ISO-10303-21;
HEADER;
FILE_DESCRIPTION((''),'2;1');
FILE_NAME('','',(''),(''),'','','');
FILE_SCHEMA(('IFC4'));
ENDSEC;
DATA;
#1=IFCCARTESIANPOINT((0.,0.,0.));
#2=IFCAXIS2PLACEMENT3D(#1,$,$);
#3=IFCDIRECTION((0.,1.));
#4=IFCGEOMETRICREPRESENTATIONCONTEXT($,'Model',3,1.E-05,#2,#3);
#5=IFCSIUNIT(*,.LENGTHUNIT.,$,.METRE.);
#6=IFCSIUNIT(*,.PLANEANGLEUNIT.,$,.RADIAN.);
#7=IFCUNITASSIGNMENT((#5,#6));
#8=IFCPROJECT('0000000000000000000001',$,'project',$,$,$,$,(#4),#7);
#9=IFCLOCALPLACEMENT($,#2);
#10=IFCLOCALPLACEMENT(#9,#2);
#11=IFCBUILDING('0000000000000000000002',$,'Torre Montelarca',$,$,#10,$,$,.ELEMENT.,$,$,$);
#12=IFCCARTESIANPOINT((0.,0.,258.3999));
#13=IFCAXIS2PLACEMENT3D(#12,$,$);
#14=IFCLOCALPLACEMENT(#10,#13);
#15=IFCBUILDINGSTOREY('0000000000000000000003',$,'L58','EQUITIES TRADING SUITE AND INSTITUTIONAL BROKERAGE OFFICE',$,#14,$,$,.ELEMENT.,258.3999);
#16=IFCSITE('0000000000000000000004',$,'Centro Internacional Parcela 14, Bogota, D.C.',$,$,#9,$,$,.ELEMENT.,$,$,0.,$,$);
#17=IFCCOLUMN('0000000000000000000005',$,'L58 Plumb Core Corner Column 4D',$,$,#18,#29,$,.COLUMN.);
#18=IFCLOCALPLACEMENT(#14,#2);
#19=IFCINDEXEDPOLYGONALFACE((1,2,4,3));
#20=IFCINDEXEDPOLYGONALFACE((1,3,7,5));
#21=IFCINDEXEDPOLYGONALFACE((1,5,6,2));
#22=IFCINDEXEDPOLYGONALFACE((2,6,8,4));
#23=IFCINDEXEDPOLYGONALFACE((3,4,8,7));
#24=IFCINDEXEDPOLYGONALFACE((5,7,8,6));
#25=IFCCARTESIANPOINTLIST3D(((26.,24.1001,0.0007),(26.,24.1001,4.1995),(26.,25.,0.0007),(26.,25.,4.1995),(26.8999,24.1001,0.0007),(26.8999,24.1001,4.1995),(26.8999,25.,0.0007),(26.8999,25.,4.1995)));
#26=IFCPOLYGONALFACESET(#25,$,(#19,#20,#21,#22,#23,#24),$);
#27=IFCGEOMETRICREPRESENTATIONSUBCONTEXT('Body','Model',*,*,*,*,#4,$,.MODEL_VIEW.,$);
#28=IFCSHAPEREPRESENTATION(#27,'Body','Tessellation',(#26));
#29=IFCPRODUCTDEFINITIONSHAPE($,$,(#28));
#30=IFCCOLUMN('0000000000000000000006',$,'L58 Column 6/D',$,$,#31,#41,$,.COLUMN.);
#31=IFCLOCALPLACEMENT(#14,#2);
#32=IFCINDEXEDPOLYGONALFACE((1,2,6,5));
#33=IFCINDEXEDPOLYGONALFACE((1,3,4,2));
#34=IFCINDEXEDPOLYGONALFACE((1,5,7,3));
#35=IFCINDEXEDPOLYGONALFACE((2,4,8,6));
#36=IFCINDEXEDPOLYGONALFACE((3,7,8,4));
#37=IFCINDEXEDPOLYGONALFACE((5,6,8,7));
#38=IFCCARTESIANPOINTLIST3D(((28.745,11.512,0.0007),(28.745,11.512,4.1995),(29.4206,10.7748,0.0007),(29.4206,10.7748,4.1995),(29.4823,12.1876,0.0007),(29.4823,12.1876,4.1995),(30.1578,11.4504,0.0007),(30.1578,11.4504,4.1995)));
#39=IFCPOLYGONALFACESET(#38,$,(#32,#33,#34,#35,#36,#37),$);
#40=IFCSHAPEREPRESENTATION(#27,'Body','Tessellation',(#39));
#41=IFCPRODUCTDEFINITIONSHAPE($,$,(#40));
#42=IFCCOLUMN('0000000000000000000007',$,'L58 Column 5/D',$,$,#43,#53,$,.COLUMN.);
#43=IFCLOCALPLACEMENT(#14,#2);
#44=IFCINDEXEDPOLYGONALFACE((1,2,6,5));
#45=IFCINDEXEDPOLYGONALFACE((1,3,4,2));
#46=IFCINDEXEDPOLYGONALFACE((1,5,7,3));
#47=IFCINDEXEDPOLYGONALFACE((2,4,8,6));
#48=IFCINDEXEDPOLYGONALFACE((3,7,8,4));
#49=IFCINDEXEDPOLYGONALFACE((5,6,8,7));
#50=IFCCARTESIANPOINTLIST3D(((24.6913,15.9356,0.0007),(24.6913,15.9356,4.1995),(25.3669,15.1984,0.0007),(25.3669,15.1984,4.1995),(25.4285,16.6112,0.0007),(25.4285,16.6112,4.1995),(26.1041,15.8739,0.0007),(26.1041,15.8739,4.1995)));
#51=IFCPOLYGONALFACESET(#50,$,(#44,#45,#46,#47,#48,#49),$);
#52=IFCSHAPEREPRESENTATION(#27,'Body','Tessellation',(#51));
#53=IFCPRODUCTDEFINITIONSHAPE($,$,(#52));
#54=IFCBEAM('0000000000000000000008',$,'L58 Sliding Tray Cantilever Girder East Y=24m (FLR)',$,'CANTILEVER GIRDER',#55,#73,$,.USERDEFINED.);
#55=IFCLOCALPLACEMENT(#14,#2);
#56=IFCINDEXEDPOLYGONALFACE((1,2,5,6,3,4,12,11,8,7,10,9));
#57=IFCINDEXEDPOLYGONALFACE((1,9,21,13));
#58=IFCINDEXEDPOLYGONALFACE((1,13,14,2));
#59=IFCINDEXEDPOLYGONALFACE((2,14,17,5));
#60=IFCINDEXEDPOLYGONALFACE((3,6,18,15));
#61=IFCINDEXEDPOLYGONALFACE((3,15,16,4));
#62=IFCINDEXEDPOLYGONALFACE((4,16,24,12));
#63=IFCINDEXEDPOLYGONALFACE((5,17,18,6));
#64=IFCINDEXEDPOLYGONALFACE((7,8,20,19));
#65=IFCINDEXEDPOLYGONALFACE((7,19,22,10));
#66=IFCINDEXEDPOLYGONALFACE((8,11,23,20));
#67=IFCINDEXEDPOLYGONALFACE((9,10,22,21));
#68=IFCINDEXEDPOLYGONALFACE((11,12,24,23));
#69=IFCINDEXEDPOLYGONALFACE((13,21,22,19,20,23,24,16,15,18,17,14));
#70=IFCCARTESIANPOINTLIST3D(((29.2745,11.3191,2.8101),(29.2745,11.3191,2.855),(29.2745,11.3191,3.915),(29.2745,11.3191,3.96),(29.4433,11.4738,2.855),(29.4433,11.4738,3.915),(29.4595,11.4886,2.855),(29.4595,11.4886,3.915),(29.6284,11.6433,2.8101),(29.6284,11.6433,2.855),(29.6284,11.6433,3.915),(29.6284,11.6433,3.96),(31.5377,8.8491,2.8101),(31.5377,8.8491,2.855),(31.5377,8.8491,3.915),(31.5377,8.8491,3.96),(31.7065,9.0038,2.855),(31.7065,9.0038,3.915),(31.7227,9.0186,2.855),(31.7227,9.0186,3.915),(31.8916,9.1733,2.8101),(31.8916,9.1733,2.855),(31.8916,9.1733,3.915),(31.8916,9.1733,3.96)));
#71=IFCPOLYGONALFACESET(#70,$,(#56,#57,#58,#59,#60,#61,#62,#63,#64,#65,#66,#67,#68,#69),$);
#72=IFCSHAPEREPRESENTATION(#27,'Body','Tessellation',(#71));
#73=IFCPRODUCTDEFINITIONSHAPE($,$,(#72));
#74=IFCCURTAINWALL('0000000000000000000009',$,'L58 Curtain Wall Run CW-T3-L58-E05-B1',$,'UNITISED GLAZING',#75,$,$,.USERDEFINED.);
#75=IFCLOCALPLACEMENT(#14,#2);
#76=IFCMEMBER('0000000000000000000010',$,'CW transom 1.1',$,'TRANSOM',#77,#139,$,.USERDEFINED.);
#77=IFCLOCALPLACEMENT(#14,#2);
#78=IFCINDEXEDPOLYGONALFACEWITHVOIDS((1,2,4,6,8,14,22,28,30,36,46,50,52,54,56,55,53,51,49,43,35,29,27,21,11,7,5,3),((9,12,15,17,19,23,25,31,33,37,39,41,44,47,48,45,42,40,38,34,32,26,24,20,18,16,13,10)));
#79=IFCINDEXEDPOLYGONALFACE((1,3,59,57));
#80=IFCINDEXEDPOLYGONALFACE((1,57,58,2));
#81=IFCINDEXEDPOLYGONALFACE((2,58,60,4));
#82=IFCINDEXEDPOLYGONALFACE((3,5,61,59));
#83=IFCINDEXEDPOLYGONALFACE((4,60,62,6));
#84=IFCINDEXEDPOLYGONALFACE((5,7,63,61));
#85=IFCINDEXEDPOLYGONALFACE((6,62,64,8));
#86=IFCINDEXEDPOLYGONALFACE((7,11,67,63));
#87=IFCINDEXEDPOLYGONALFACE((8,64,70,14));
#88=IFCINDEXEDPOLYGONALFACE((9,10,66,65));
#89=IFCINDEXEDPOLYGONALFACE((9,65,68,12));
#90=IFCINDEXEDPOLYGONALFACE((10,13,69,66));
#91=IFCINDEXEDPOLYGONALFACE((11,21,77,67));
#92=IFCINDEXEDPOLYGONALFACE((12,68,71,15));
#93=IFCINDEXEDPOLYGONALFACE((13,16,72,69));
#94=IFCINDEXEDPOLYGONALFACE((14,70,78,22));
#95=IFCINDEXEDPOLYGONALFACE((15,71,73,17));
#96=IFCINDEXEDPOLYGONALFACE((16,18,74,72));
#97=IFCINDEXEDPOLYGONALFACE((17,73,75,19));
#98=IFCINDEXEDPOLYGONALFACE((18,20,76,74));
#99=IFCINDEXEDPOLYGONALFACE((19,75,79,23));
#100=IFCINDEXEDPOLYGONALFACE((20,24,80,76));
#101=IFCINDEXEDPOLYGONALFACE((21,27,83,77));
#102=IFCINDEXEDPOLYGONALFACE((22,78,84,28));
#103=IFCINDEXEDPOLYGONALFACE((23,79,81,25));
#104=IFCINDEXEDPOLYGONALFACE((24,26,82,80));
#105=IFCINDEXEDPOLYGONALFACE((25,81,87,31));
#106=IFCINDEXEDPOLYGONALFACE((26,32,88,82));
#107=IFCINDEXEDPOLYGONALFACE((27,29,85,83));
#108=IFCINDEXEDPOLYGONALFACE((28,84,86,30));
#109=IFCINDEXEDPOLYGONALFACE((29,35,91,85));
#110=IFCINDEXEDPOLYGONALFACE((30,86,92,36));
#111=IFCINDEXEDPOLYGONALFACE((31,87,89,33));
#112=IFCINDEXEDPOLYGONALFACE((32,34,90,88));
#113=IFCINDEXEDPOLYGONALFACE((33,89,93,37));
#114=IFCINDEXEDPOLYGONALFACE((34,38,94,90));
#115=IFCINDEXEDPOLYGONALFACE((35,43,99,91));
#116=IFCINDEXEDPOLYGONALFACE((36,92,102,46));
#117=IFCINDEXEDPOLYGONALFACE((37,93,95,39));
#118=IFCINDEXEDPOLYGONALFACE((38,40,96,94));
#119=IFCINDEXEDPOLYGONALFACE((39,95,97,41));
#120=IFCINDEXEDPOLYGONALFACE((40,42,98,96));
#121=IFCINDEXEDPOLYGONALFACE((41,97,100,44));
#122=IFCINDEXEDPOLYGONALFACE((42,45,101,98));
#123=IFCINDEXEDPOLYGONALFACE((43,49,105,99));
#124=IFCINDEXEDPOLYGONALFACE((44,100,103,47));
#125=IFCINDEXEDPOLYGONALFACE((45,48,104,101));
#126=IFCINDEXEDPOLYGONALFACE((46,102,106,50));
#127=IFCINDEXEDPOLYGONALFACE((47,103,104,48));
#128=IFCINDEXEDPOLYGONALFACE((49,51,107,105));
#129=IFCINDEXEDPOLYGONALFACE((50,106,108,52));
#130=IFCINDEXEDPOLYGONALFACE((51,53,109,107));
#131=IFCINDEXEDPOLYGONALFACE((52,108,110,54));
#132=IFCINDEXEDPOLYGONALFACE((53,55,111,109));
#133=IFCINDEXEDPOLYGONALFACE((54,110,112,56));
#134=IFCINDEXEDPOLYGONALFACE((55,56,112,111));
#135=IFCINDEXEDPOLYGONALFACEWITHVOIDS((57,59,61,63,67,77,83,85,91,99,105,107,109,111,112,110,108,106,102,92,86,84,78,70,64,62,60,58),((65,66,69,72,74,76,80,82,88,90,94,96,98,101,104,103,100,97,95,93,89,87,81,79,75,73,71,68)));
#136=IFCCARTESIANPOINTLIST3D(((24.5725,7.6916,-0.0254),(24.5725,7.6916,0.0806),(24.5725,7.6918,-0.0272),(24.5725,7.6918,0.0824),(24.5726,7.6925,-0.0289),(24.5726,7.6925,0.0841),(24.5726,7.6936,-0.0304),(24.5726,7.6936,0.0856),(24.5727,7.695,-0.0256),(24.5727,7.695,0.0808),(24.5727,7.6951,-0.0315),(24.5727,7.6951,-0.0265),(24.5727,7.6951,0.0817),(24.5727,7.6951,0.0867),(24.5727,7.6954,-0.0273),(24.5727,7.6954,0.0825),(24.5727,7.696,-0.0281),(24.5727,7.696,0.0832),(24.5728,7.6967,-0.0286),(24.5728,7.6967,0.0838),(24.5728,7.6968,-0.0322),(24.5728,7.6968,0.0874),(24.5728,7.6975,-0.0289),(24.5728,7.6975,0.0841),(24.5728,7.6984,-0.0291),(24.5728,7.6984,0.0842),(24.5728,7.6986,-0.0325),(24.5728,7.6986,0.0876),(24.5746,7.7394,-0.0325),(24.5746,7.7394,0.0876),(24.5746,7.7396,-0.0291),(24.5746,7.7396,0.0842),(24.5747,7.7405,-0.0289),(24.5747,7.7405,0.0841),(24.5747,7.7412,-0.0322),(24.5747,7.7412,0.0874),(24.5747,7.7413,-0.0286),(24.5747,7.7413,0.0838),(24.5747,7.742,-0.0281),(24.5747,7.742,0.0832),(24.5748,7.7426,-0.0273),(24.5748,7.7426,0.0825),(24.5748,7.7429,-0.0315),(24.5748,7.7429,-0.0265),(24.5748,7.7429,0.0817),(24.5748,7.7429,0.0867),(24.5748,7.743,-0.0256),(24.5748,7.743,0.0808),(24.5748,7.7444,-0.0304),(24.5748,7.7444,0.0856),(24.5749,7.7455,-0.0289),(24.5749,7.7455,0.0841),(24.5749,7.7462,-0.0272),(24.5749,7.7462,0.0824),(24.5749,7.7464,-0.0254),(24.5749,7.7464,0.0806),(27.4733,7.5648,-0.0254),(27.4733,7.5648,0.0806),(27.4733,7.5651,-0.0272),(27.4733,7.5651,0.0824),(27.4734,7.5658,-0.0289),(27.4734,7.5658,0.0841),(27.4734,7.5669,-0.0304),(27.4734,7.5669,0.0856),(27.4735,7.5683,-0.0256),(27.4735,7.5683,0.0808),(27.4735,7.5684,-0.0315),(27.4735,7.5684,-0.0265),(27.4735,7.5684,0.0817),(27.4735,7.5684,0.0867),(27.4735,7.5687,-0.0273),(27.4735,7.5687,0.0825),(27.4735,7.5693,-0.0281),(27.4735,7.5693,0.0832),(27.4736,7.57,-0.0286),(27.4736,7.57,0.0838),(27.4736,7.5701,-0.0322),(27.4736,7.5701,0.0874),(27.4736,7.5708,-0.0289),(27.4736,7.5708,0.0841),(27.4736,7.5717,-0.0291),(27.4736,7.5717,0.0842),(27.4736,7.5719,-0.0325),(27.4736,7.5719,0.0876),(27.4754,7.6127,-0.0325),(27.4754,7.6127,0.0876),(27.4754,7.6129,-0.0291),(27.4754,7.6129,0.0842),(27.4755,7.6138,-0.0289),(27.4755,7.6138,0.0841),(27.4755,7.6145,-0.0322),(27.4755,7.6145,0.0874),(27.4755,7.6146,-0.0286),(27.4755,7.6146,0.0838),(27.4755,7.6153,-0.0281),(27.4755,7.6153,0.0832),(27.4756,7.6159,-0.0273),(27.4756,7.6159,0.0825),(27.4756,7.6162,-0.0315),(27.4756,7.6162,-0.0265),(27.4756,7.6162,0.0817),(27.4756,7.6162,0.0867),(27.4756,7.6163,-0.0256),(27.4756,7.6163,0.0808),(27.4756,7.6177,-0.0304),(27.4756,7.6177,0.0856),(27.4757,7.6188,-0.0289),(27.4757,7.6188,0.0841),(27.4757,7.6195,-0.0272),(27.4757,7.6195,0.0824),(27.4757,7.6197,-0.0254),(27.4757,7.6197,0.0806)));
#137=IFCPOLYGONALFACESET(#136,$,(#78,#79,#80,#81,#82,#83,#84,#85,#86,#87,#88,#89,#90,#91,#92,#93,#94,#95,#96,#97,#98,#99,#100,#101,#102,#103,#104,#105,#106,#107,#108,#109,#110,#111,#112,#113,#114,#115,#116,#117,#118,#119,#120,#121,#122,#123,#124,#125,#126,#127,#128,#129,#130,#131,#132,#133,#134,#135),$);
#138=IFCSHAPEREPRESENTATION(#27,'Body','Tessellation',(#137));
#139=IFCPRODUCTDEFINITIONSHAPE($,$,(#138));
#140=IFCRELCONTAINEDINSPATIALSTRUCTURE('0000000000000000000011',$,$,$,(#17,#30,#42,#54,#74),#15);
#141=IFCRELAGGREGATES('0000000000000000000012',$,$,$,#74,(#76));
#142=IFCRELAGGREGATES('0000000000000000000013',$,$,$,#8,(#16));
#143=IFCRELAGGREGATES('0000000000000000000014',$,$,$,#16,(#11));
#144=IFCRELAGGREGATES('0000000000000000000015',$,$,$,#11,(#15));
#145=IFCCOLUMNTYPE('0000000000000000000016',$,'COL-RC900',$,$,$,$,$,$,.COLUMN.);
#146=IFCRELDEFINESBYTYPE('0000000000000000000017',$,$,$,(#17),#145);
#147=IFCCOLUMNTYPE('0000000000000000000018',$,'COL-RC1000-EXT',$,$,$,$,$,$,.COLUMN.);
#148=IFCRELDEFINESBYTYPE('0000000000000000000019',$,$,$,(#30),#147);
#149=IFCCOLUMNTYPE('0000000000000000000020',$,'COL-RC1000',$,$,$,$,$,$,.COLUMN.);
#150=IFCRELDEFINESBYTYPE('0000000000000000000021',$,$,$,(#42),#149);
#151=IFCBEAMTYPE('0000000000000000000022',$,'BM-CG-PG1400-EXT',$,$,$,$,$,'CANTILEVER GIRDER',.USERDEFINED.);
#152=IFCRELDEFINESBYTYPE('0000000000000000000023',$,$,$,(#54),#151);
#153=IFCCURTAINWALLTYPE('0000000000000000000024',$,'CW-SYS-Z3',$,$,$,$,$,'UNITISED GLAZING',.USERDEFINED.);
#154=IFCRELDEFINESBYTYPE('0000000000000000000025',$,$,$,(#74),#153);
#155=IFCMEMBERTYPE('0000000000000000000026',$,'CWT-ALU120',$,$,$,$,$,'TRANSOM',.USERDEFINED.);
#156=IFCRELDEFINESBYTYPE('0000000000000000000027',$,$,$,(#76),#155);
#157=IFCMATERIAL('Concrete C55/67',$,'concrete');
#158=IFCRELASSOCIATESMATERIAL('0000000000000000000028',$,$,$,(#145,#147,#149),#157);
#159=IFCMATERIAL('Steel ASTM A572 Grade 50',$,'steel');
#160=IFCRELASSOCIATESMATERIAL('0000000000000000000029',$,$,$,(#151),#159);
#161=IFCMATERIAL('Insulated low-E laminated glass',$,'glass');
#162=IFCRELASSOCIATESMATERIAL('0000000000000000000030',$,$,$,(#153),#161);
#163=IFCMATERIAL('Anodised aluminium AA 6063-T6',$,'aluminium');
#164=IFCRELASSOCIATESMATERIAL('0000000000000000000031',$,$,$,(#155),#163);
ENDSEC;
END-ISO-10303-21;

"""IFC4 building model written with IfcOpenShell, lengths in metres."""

from ifc_helpers import new_model, si_unit, direction, frame, origin, origin_2d, place, context, subcontext, project, spatial, rectangle, hollow_rectangle, i_section, extrude, source, transform, mapped, material, material_profile, profile_set, type_object, element, aggregate, save


model = new_model("IFC4")

# Units and contexts
model_context = context("Model", 3, precision=1e-05, world=origin(), true_north=direction((0.0, 1.0)))
body_context = subcontext(model_context, "Body", "Model", "MODEL_VIEW")
ifc_project = project(units=[si_unit("LENGTHUNIT", "METRE"), si_unit("PLANEANGLEUNIT", "RADIAN")], contexts=[model_context])

# Site, building, storey
site_placement = place(None, origin())
site = spatial("IfcSite", under=ifc_project, at=site_placement, Name="Centro Internacional Parcela 14, Bogota, D.C.", CompositionType="ELEMENT", RefElevation=0.0)
building_placement = place(site_placement, origin())
building = spatial("IfcBuilding", under=site, at=building_placement, Name="Torre Montelarca", CompositionType="ELEMENT")
storey_placement = place(building_placement, frame((0.0, 0.0, 258.3999)))
storey = spatial("IfcBuildingStorey", under=building, at=storey_placement, Name="L58", Description="EQUITIES TRADING SUITE AND INSTITUTIONAL BROKERAGE OFFICE", CompositionType="ELEMENT", Elevation=258.3999)

# Columns
ifc_material_1 = material(Name="Concrete C55/67", Category="concrete")
ifc_material_profile_1 = material_profile(ifc_material_1, rectangle(XDim=0.8999, YDim=0.8999, at=origin_2d()), Name="RC900X900", Category="concrete")
ifc_profile_set_1 = profile_set([ifc_material_profile_1], Name="Concrete C55/67")
column_type_1 = type_object("IfcColumnType", Name="COL-RC900", PredefinedType="COLUMN", material=ifc_profile_set_1)
shared_shape_1 = source(origin(), body_context, "Body", "SweptSolid", [
    extrude(rectangle(XDim=0.8999, YDim=0.8999, at=origin_2d()), origin(), (0.0, 0.0, 1.0), 4.1987),
])
column_1_placement = place(storey_placement, frame((26.45, 24.55, 0.0007), z_axis=(0.0, 0.0, 1.0), x_axis=(1.0, 0.0, 0.0)))
element("IfcColumn", 1, at=column_1_placement, inside=storey, type_object=column_type_1, Name="L58 Plumb Core Corner Column 4D", PredefinedType="COLUMN", context=body_context, shape_type="MappedRepresentation", body=[
    mapped(shared_shape_1, transform((0.0, 0.0, 0.0), scale=1.0)),
])
ifc_material_profile_2 = material_profile(ifc_material_1, rectangle(XDim=1.0, YDim=1.0, at=origin_2d()), Name="RC1000X1000", Category="concrete")
ifc_profile_set_2 = profile_set([ifc_material_profile_2], Name="Concrete C55/67")
column_type_2 = type_object("IfcColumnType", Name="COL-RC1000-EXT", PredefinedType="COLUMN", material=ifc_profile_set_2)
shared_shape_2 = source(origin(), body_context, "Body", "SweptSolid", [
    extrude(rectangle(XDim=1.0, YDim=1.0, at=origin_2d()), origin(), (0.0, 0.0, 1.0), 4.1987),
])
column_2_placement = place(storey_placement, frame((29.4514, 11.4812, 0.0007), z_axis=(0.0, 0.0, 1.0), x_axis=(-0.67559, 0.737277, 0.0)))
element("IfcColumn", 2, at=column_2_placement, inside=storey, type_object=column_type_2, Name="L58 Column 6/D", PredefinedType="COLUMN", context=body_context, shape_type="MappedRepresentation", body=[
    mapped(shared_shape_2, transform((0.0, 0.0, 0.0), scale=1.0)),
])
ifc_material_profile_3 = material_profile(ifc_material_1, rectangle(XDim=1.0, YDim=1.0, at=origin_2d()), Name="RC1000X1000", Category="concrete")
ifc_profile_set_3 = profile_set([ifc_material_profile_3], Name="Concrete C55/67")
column_type_3 = type_object("IfcColumnType", Name="COL-RC1000", PredefinedType="COLUMN", material=ifc_profile_set_3)
shared_shape_3 = source(origin(), body_context, "Body", "SweptSolid", [
    extrude(rectangle(XDim=1.0, YDim=1.0, at=origin_2d()), origin(), (0.0, 0.0, 1.0), 4.1987),
])
column_3_placement = place(storey_placement, frame((25.3977, 15.9048, 0.0007), z_axis=(0.0, 0.0, 1.0), x_axis=(-0.67559, 0.737277, 0.0)))
element("IfcColumn", 3, at=column_3_placement, inside=storey, type_object=column_type_3, Name="L58 Column 5/D", PredefinedType="COLUMN", context=body_context, shape_type="MappedRepresentation", body=[
    mapped(shared_shape_3, transform((0.0, 0.0, 0.0), scale=1.0)),
])

# Beam
ifc_material_2 = material(Name="Steel ASTM A572 Grade 50", Category="steel")
ifc_material_profile_4 = material_profile(ifc_material_2, i_section(OverallWidth=0.48, OverallDepth=1.1499, WebThickness=0.022, FlangeThickness=0.0449, at=origin_2d()), Name="PG1150X480X22X45", Category="steel")
ifc_profile_set_4 = profile_set([ifc_material_profile_4], Name="Steel ASTM A572 Grade 50")
beam_type = type_object("IfcBeamType", Name="BM-CG-PG1400-EXT", ElementType="CANTILEVER GIRDER", PredefinedType="USERDEFINED", material=ifc_profile_set_4)
shared_shape_4 = source(origin(), body_context, "Body", "SweptSolid", [
    extrude(i_section(OverallWidth=0.48, OverallDepth=1.1499, WebThickness=0.022, FlangeThickness=0.0449, at=origin_2d()), origin(), (0.0, 0.0, 1.0), 3.3501),
])
beam_placement = place(storey_placement, frame((29.4514, 11.4812, 3.385), z_axis=(0.67557, -0.737296, 0.0), x_axis=(0.737296, 0.67557, 0.0)))
element("IfcBeam", 4, at=beam_placement, inside=storey, type_object=beam_type, Name="L58 Sliding Tray Cantilever Girder East Y=24m (FLR)", ObjectType="CANTILEVER GIRDER", PredefinedType="USERDEFINED", context=body_context, shape_type="MappedRepresentation", body=[
    mapped(shared_shape_4, transform((0.0, 0.0, 0.0), scale=1.0)),
])

# Curtain wall, member
ifc_material_3 = material(Name="Insulated low-E laminated glass", Category="glass")
curtain_wall_type = type_object("IfcCurtainWallType", Name="CW-SYS-Z3", ElementType="UNITISED GLAZING", PredefinedType="USERDEFINED", material=ifc_material_3)
curtain_wall_1_placement = place(storey_placement, origin())
curtain_wall_1 = element("IfcCurtainWall", 5, at=curtain_wall_1_placement, inside=storey, type_object=curtain_wall_type, Name="L58 Curtain Wall Run CW-T3-L58-E05-B1", ObjectType="UNITISED GLAZING", PredefinedType="USERDEFINED")
ifc_material_4 = material(Name="Anodised aluminium AA 6063-T6", Category="aluminium")
ifc_material_profile_5 = material_profile(ifc_material_4, hollow_rectangle(XDim=0.0549, YDim=0.1201, WallThickness=0.0034, InnerFilletRadius=0.0034, OuterFilletRadius=0.0071, at=origin_2d()), Name="ALU55X120X3.5", Category="aluminium")
ifc_profile_set_5 = profile_set([ifc_material_profile_5], Name="Anodised aluminium AA 6063-T6")
member_type_1 = type_object("IfcMemberType", Name="CWT-ALU120", ElementType="TRANSOM", PredefinedType="USERDEFINED", material=ifc_profile_set_5)
shared_shape_5 = source(origin(), body_context, "Body", "SweptSolid", [
    extrude(hollow_rectangle(XDim=0.0549, YDim=0.1201, WallThickness=0.0034, InnerFilletRadius=0.0034, OuterFilletRadius=0.0071, at=origin_2d()), origin(), (0.0, 0.0, 1.0), 2.9036),
])
member_1_placement = place(storey_placement, frame((24.5737, 7.719, 0.0276), z_axis=(0.999047, -0.043638, 0.0), x_axis=(0.043638, 0.999047, 0.0)))
member_1 = element("IfcMember", 6, at=member_1_placement, type_object=member_type_1, Name="CW transom 1.1", ObjectType="TRANSOM", PredefinedType="USERDEFINED", context=body_context, shape_type="MappedRepresentation", body=[
    mapped(shared_shape_5, transform((0.0, 0.0, 0.0), scale=1.0)),
])

aggregate(curtain_wall_1, [member_1])

save(model, "model.ifc")
